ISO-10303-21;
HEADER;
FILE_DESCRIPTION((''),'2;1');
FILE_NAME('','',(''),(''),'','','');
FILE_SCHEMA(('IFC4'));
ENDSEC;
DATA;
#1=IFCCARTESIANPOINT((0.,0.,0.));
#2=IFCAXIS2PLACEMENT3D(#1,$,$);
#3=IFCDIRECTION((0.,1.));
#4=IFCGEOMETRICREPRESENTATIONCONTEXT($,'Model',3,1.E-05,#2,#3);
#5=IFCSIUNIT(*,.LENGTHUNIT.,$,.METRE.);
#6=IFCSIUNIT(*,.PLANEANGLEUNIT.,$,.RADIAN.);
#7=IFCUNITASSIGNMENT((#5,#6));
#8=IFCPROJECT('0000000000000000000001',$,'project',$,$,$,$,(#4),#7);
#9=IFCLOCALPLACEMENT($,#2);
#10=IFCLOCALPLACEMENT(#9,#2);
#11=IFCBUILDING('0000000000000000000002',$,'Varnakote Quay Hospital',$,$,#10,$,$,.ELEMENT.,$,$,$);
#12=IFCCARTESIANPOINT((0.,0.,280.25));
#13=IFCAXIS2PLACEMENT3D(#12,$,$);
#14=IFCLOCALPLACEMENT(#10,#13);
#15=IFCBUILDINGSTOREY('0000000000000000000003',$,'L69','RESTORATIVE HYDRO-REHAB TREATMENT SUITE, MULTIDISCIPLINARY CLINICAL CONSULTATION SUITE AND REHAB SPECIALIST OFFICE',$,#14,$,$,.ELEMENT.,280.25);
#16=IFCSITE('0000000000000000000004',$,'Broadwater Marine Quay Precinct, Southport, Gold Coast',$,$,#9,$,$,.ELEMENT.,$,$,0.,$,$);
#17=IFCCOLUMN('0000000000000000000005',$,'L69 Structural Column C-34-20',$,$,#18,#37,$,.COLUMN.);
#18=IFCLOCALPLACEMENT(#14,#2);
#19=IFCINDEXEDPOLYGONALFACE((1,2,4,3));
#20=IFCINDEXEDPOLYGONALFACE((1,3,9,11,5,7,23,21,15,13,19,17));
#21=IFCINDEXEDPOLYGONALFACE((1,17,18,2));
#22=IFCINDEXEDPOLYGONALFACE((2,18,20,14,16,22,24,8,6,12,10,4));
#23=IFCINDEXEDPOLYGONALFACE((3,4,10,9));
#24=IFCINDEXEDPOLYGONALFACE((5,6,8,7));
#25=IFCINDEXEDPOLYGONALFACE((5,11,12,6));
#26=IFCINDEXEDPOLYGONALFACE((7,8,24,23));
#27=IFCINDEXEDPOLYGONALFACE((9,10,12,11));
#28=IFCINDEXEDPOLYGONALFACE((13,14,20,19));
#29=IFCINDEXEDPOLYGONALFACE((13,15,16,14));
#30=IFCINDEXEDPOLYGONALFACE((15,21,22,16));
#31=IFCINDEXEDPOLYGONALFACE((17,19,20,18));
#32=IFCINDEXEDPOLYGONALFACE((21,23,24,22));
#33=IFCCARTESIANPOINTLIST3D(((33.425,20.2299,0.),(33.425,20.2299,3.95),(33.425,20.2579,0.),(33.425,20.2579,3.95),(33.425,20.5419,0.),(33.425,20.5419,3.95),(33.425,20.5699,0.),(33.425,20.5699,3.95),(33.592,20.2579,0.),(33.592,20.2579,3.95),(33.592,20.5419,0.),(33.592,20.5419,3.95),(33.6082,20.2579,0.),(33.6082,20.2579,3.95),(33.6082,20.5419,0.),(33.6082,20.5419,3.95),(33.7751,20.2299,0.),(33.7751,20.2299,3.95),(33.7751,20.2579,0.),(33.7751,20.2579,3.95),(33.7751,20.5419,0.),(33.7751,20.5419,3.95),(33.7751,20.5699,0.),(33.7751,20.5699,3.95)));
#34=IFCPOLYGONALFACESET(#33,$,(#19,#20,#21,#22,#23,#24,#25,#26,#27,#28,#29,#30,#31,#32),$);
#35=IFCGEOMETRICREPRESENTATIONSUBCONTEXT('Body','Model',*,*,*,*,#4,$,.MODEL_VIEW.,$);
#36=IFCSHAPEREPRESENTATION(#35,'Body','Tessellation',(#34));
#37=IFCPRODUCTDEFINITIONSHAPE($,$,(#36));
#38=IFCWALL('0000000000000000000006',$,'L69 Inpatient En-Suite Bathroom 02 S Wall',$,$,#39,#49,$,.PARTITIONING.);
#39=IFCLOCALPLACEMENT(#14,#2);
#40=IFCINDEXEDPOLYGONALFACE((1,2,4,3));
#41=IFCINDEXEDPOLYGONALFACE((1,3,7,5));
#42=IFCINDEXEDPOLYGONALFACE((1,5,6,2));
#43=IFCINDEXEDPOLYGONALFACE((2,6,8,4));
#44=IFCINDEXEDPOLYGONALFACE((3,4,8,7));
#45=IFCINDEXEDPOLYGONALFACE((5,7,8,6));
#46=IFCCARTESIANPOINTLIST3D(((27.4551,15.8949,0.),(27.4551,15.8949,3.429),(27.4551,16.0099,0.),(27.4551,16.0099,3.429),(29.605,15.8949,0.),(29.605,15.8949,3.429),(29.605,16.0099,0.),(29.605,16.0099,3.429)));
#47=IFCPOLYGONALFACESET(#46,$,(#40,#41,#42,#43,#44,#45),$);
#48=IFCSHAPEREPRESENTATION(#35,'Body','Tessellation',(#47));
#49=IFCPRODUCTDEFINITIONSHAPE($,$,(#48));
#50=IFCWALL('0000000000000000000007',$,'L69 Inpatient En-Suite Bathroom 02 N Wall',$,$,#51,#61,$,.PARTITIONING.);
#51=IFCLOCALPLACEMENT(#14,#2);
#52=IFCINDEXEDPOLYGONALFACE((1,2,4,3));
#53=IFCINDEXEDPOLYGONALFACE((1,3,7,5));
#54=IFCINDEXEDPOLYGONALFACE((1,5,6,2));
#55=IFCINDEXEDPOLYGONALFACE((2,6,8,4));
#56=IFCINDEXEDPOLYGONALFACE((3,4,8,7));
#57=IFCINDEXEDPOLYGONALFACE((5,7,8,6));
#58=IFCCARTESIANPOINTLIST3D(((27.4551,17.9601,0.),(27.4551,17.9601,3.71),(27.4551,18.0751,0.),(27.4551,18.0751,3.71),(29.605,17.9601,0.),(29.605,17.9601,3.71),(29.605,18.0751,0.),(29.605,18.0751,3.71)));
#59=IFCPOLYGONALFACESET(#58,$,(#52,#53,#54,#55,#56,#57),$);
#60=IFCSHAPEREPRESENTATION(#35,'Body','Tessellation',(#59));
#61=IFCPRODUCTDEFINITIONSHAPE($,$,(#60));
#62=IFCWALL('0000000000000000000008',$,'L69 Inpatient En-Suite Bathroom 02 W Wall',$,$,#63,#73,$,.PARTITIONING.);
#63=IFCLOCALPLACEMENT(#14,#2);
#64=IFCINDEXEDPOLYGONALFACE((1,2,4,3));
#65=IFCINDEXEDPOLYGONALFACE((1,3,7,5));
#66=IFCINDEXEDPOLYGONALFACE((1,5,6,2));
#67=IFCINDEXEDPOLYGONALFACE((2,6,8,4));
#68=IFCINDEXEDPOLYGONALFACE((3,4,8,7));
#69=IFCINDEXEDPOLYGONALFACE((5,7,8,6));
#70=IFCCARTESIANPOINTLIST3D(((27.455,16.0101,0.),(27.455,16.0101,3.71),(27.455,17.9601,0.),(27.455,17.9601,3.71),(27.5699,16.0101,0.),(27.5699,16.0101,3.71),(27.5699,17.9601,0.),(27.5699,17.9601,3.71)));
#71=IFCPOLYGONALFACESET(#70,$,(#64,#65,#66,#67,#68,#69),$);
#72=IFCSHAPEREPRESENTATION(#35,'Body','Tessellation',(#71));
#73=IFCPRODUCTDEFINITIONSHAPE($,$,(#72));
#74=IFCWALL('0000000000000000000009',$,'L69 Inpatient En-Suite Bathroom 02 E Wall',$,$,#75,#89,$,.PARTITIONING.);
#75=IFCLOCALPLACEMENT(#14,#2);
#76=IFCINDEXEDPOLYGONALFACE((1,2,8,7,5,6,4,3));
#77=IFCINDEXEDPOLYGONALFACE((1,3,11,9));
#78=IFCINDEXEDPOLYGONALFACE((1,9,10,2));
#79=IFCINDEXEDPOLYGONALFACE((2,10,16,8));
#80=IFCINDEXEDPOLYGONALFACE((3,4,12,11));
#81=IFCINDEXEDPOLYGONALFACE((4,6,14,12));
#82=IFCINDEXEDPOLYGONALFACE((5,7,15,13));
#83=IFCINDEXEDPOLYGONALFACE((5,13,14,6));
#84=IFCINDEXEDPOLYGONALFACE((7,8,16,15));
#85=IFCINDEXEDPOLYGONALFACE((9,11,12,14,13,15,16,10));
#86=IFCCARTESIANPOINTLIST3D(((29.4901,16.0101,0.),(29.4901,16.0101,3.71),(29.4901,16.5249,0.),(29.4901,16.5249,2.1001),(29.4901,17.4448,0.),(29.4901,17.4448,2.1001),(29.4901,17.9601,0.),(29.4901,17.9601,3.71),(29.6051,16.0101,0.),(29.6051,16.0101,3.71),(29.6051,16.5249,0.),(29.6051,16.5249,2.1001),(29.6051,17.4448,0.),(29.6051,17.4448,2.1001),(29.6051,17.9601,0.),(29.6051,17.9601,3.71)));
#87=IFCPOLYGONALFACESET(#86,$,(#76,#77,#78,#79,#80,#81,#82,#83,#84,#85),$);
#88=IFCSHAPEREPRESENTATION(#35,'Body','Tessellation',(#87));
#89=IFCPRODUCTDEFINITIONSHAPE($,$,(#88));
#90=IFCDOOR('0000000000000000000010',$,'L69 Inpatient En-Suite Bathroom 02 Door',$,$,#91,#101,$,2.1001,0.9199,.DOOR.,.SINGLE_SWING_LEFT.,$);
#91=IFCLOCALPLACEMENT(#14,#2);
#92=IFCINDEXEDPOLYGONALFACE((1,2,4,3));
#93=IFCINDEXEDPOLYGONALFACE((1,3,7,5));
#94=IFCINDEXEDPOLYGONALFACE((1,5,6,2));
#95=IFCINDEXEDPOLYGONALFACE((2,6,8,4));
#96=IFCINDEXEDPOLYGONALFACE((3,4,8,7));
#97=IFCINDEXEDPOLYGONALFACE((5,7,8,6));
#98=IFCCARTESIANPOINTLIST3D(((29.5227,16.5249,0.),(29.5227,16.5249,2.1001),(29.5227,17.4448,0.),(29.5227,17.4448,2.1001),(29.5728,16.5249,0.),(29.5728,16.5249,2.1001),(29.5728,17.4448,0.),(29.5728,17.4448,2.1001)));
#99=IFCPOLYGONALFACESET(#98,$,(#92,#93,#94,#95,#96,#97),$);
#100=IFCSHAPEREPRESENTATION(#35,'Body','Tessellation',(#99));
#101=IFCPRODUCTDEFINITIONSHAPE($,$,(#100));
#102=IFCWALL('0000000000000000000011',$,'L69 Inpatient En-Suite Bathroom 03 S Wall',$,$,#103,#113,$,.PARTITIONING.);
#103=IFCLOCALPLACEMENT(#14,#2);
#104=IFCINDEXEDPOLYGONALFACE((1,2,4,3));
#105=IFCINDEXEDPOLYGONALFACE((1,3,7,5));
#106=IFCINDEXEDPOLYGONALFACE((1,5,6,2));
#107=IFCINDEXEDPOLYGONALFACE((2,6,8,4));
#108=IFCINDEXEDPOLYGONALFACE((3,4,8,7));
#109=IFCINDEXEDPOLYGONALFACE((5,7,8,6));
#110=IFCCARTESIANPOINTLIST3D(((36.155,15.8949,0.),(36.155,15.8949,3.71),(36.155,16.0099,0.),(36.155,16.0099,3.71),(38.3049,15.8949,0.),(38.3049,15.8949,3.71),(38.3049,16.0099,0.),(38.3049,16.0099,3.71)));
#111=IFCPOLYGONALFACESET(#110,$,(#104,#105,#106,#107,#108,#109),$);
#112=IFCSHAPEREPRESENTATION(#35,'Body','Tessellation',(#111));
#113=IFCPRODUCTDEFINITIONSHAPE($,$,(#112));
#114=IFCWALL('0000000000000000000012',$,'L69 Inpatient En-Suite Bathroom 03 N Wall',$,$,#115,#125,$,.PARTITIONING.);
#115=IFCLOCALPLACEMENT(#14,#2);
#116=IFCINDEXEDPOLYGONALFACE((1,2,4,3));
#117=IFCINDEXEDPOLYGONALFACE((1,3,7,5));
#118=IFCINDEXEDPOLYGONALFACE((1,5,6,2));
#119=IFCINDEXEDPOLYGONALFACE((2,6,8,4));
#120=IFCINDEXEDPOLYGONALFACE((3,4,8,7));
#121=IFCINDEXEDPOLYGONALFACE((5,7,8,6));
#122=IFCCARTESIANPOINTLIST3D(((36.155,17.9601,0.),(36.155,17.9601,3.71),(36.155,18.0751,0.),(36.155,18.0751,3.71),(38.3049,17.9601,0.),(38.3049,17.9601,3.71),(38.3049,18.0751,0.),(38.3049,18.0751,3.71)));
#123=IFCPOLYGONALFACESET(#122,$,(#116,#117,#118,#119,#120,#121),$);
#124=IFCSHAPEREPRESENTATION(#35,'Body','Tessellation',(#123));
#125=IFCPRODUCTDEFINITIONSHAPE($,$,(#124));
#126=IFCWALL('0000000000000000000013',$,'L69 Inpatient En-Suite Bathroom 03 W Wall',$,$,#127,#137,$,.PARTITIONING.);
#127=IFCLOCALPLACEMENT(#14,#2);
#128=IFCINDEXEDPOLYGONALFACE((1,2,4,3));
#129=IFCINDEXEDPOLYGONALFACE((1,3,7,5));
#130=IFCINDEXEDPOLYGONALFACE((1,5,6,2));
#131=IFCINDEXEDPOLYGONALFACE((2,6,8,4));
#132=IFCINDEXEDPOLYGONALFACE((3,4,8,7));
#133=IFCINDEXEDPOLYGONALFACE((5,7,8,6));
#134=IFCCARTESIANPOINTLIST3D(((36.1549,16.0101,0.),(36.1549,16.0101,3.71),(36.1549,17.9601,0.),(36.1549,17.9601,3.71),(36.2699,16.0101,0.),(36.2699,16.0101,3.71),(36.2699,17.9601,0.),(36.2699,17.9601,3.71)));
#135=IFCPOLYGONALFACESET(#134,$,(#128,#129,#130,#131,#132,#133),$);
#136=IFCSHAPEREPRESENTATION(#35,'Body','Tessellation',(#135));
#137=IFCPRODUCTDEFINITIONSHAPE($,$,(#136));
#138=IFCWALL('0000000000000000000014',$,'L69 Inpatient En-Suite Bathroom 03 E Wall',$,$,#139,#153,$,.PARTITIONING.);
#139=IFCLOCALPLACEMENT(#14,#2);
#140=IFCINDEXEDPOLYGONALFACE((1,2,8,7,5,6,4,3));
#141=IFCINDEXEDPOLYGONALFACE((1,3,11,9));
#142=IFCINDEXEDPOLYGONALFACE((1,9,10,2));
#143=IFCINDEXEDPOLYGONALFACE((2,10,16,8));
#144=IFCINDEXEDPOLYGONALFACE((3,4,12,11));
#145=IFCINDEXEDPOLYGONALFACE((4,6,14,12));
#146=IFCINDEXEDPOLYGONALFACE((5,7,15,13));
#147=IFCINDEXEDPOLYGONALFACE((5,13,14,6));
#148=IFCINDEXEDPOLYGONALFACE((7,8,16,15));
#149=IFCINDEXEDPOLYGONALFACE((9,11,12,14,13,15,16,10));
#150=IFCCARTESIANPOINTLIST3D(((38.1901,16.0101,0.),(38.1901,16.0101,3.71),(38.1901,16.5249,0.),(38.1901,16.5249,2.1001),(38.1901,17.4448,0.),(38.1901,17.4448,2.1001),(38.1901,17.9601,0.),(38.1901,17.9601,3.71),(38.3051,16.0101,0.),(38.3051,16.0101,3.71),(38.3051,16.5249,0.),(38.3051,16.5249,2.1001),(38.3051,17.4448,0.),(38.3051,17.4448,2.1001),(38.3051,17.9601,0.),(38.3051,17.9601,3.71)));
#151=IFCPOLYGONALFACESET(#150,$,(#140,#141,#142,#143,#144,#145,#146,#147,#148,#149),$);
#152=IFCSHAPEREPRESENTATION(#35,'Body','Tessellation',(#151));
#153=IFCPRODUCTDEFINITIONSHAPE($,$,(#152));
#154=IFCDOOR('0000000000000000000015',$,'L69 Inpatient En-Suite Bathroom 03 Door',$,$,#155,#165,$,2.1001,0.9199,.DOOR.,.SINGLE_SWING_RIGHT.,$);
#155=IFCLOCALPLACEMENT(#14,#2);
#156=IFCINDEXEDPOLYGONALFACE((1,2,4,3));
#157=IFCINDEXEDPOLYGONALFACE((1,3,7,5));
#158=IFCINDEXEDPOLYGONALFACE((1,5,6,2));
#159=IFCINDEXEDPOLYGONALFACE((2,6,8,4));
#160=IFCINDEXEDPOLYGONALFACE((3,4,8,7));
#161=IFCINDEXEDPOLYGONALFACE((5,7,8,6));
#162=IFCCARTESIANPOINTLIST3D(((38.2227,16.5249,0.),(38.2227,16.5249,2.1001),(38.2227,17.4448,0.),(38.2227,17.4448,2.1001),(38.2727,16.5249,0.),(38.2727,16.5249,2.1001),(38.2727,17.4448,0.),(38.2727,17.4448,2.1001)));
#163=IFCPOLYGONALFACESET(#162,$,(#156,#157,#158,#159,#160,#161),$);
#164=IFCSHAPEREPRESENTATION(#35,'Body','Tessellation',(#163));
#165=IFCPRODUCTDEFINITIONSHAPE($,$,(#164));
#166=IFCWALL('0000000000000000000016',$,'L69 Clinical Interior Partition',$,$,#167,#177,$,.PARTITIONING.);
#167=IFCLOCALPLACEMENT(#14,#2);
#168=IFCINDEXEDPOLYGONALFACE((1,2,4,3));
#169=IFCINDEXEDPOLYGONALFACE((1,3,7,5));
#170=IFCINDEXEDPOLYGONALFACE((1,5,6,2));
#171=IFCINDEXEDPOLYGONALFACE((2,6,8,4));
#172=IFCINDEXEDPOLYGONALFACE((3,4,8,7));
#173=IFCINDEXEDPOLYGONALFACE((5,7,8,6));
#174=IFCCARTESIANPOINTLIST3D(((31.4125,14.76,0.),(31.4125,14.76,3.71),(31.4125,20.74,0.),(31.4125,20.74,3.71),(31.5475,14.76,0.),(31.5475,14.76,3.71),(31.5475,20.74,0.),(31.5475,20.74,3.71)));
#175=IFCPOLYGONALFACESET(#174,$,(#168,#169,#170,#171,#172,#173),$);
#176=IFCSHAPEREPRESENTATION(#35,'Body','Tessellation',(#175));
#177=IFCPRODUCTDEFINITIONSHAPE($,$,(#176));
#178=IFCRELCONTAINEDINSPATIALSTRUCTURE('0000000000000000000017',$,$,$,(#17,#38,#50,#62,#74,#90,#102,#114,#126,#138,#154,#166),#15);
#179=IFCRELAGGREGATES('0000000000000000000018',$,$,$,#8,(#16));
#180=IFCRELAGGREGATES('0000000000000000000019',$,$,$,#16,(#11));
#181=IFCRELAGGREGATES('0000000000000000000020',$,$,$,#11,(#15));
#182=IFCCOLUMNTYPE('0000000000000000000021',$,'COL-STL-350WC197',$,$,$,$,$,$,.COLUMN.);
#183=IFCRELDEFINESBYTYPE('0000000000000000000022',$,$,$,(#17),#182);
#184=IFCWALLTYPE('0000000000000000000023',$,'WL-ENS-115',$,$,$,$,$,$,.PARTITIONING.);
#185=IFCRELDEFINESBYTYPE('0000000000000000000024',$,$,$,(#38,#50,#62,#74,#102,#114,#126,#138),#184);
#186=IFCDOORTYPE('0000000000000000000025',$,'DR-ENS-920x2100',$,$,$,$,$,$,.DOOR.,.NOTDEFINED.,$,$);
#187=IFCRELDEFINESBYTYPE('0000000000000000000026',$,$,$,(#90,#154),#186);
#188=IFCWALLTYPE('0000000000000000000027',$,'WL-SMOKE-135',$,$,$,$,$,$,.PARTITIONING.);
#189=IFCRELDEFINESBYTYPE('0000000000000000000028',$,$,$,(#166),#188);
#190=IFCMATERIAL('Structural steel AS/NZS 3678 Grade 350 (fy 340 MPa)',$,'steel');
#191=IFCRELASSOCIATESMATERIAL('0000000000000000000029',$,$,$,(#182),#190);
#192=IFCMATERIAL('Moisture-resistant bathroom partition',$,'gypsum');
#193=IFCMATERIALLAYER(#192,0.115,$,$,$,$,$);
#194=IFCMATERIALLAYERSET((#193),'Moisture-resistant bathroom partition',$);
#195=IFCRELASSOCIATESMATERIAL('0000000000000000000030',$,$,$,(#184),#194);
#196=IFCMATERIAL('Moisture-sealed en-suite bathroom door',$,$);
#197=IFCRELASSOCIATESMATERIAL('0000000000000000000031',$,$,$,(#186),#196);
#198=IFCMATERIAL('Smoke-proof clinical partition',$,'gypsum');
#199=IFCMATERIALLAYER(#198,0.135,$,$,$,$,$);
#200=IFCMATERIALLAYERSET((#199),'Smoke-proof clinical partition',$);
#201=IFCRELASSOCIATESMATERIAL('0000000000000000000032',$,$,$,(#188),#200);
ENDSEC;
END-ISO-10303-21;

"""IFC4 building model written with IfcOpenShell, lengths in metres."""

from ifc_helpers import new_model, si_unit, direction, frame, frame_2d, origin, origin_2d, place, context, subcontext, project, spatial, rectangle, i_section, extrude, material, layer, layer_set, material_profile, profile_set, type_object, element, fill, save


model = new_model("IFC4")

# Units and contexts
model_context = context("Model", 3, precision=1e-05, world=origin(), true_north=direction((0.0, 1.0)))
body_context = subcontext(model_context, "Body", "Model", "MODEL_VIEW")
ifc_project = project(units=[si_unit("LENGTHUNIT", "METRE"), si_unit("PLANEANGLEUNIT", "RADIAN")], contexts=[model_context])

# Site, building, storey
site_placement = place(None, origin())
site = spatial("IfcSite", under=ifc_project, at=site_placement, Name="Broadwater Marine Quay Precinct, Southport, Gold Coast", CompositionType="ELEMENT", RefElevation=0.0)
building_placement = place(site_placement, origin())
building = spatial("IfcBuilding", under=site, at=building_placement, Name="Varnakote Quay Hospital", CompositionType="ELEMENT")
storey_placement = place(building_placement, frame((0.0, 0.0, 280.25)))
storey = spatial("IfcBuildingStorey", under=building, at=storey_placement, Name="L69", Description="RESTORATIVE HYDRO-REHAB TREATMENT SUITE, MULTIDISCIPLINARY CLINICAL CONSULTATION SUITE AND REHAB SPECIALIST OFFICE", CompositionType="ELEMENT", Elevation=280.25)

# Column
ifc_material_1 = material(Name="Structural steel AS/NZS 3678 Grade 350 (fy 340 MPa)", Category="steel")
ifc_material_profile = material_profile(ifc_material_1, i_section(OverallWidth=0.3501, OverallDepth=0.3401, WebThickness=0.0161, FlangeThickness=0.0281, at=origin_2d()), Name="350WC197")
ifc_profile_set = profile_set([ifc_material_profile], Name="Structural steel AS/NZS 3678 Grade 350 (fy 340 MPa)")
column_type = type_object("IfcColumnType", Name="COL-STL-350WC197", PredefinedType="COLUMN", material=ifc_profile_set)
column_placement = place(storey_placement, frame((33.6001, 20.3999, 0.0), z_axis=(0.0, 0.0, 1.0), x_axis=(1.0, 0.0, 0.0)))
element("IfcColumn", 1, at=column_placement, inside=storey, type_object=column_type, Name="L69 Structural Column C-34-20", PredefinedType="COLUMN", context=body_context, shape_type="SweptSolid", body=[
    extrude(i_section(OverallWidth=0.3501, OverallDepth=0.3401, WebThickness=0.0161, FlangeThickness=0.0281, at=origin_2d()), origin(), (0.0, 0.0, 1.0), 3.95),
])

# Walls
ifc_material_2 = material(Name="Moisture-resistant bathroom partition", Category="gypsum")
ifc_layer_1 = layer(ifc_material_2, 0.115)
ifc_layer_set_1 = layer_set([ifc_layer_1], Name="Moisture-resistant bathroom partition")
wall_type_1 = type_object("IfcWallType", Name="WL-ENS-115", PredefinedType="PARTITIONING", material=ifc_layer_set_1)
wall_1_placement = place(storey_placement, frame((27.4551, 15.9524, 0.0), z_axis=(0.0, 0.0, 1.0), x_axis=(1.0, 0.0, 0.0)))
element("IfcWall", 2, at=wall_1_placement, inside=storey, type_object=wall_type_1, Name="L69 Inpatient En-Suite Bathroom 02 S Wall", PredefinedType="PARTITIONING", context=body_context, shape_type="SweptSolid", body=[
    extrude(rectangle(XDim=2.1499, YDim=0.115, at=frame_2d((1.075, 0.0))), origin(), (0.0, 0.0, 1.0), 3.429),
])
wall_2_placement = place(storey_placement, frame((27.4551, 18.0176, 0.0), z_axis=(0.0, 0.0, 1.0), x_axis=(1.0, 0.0, 0.0)))
element("IfcWall", 3, at=wall_2_placement, inside=storey, type_object=wall_type_1, Name="L69 Inpatient En-Suite Bathroom 02 N Wall", PredefinedType="PARTITIONING", context=body_context, shape_type="SweptSolid", body=[
    extrude(rectangle(XDim=2.1499, YDim=0.115, at=frame_2d((1.075, 0.0))), origin(), (0.0, 0.0, 1.0), 3.71),
])
wall_3_placement = place(storey_placement, frame((27.5125, 16.01, 0.0), z_axis=(0.0, 0.0, 1.0), x_axis=(0.0, 1.0, 0.0)))
element("IfcWall", 4, at=wall_3_placement, inside=storey, type_object=wall_type_1, Name="L69 Inpatient En-Suite Bathroom 02 W Wall", PredefinedType="PARTITIONING", context=body_context, shape_type="SweptSolid", body=[
    extrude(rectangle(XDim=1.95, YDim=0.115, at=frame_2d((0.9751, 0.0))), origin(), (0.0, 0.0, 1.0), 3.71),
])

# Wall, opening, door
wall_4_placement = place(storey_placement, frame((29.5476, 16.01, 0.0), z_axis=(0.0, 0.0, 1.0), x_axis=(0.0, 1.0, 0.0)))
wall_4 = element("IfcWall", 5, at=wall_4_placement, inside=storey, type_object=wall_type_1, Name="L69 Inpatient En-Suite Bathroom 02 E Wall", PredefinedType="PARTITIONING", context=body_context, shape_type="SweptSolid", body=[
    extrude(rectangle(XDim=1.95, YDim=0.115, at=frame_2d((0.9751, 0.0))), origin(), (0.0, 0.0, 1.0), 3.71),
])
opening_1_placement = place(wall_4_placement, frame((0.5149, 0.0, 0.0)))
opening_1 = element("IfcOpeningElement", 6, at=opening_1_placement, cuts=wall_4, PredefinedType="OPENING", context=body_context, shape_type="SweptSolid", body=[
    extrude(rectangle(XDim=0.9199, YDim=2.1001, at=frame_2d((0.46, 1.05))), frame((0.0, 0.0674, 0.0), z_axis=(0.0, -1.0, 0.0), x_axis=(1.0, 0.0, 0.0)), (0.0, 0.0, 1.0), 0.135),
])
ifc_material_3 = material(Name="Moisture-sealed en-suite bathroom door")
door_type_1 = type_object("IfcDoorType", Name="DR-ENS-920x2100", OperationType="NOTDEFINED", PredefinedType="DOOR", material=ifc_material_3)
door_1_placement = place(opening_1_placement, origin())
door_1 = element("IfcDoor", 7, at=door_1_placement, inside=storey, type_object=door_type_1, Name="L69 Inpatient En-Suite Bathroom 02 Door", OperationType="SINGLE_SWING_LEFT", OverallHeight=2.1001, OverallWidth=0.9199, PredefinedType="DOOR", context=body_context, shape_type="SweptSolid", body=[
    extrude(rectangle(XDim=0.9199, YDim=2.1001, at=frame_2d((0.46, 1.05))), frame((0.0, 0.0249, 0.0), z_axis=(0.0, -1.0, 0.0), x_axis=(1.0, 0.0, 0.0)), (0.0, 0.0, 1.0), 0.05),
])
fill(opening_1, door_1)

# Walls
for number, where, z_axis, x_axis, name in (
    (8, (36.155, 15.9524, 0.0), (0.0, 0.0, 1.0), (1.0, 0.0, 0.0), "L69 Inpatient En-Suite Bathroom 03 S Wall"),
    (9, (36.155, 18.0176, 0.0), (0.0, 0.0, 1.0), (1.0, 0.0, 0.0), "L69 Inpatient En-Suite Bathroom 03 N Wall"),
):
    element("IfcWall", number, at=place(storey_placement, frame(where, z_axis=z_axis, x_axis=x_axis)), inside=storey, type_object=wall_type_1, Name=name, PredefinedType="PARTITIONING", context=body_context, shape_type="SweptSolid", body=[
        extrude(rectangle(XDim=2.1499, YDim=0.115, at=frame_2d((1.075, 0.0))), origin(), (0.0, 0.0, 1.0), 3.71),
    ])
wall_5_placement = place(storey_placement, frame((36.2124, 16.01, 0.0), z_axis=(0.0, 0.0, 1.0), x_axis=(0.0, 1.0, 0.0)))
element("IfcWall", 10, at=wall_5_placement, inside=storey, type_object=wall_type_1, Name="L69 Inpatient En-Suite Bathroom 03 W Wall", PredefinedType="PARTITIONING", context=body_context, shape_type="SweptSolid", body=[
    extrude(rectangle(XDim=1.95, YDim=0.115, at=frame_2d((0.9751, 0.0))), origin(), (0.0, 0.0, 1.0), 3.71),
])

# Wall, opening, door
wall_6_placement = place(storey_placement, frame((38.2476, 16.01, 0.0), z_axis=(0.0, 0.0, 1.0), x_axis=(0.0, 1.0, 0.0)))
wall_6 = element("IfcWall", 11, at=wall_6_placement, inside=storey, type_object=wall_type_1, Name="L69 Inpatient En-Suite Bathroom 03 E Wall", PredefinedType="PARTITIONING", context=body_context, shape_type="SweptSolid", body=[
    extrude(rectangle(XDim=1.95, YDim=0.115, at=frame_2d((0.9751, 0.0))), origin(), (0.0, 0.0, 1.0), 3.71),
])
opening_2_placement = place(wall_6_placement, frame((0.5149, 0.0, 0.0)))
opening_2 = element("IfcOpeningElement", 12, at=opening_2_placement, cuts=wall_6, PredefinedType="OPENING", context=body_context, shape_type="SweptSolid", body=[
    extrude(rectangle(XDim=0.9199, YDim=2.1001, at=frame_2d((0.46, 1.05))), frame((0.0, 0.0674, 0.0), z_axis=(0.0, -1.0, 0.0), x_axis=(1.0, 0.0, 0.0)), (0.0, 0.0, 1.0), 0.135),
])
door_2_placement = place(opening_2_placement, origin())
door_2 = element("IfcDoor", 13, at=door_2_placement, inside=storey, type_object=door_type_1, Name="L69 Inpatient En-Suite Bathroom 03 Door", OperationType="SINGLE_SWING_RIGHT", OverallHeight=2.1001, OverallWidth=0.9199, PredefinedType="DOOR", context=body_context, shape_type="SweptSolid", body=[
    extrude(rectangle(XDim=0.9199, YDim=2.1001, at=frame_2d((0.46, 1.05))), frame((0.0, 0.0249, 0.0), z_axis=(0.0, -1.0, 0.0), x_axis=(1.0, 0.0, 0.0)), (0.0, 0.0, 1.0), 0.05),
])
fill(opening_2, door_2)

# Wall
ifc_material_4 = material(Name="Smoke-proof clinical partition", Category="gypsum")
ifc_layer_2 = layer(ifc_material_4, 0.135)
ifc_layer_set_2 = layer_set([ifc_layer_2], Name="Smoke-proof clinical partition")
wall_type_2 = type_object("IfcWallType", Name="WL-SMOKE-135", PredefinedType="PARTITIONING", material=ifc_layer_set_2)
wall_7_placement = place(storey_placement, frame((31.48, 14.76, 0.0), z_axis=(0.0, 0.0, 1.0), x_axis=(0.0, 1.0, 0.0)))
element("IfcWall", 14, at=wall_7_placement, inside=storey, type_object=wall_type_2, Name="L69 Clinical Interior Partition", PredefinedType="PARTITIONING", context=body_context, shape_type="SweptSolid", body=[
    extrude(rectangle(XDim=5.98, YDim=0.135, at=frame_2d((2.99, 0.0))), origin(), (0.0, 0.0, 1.0), 3.71),
])

save(model, "model.ifc")
